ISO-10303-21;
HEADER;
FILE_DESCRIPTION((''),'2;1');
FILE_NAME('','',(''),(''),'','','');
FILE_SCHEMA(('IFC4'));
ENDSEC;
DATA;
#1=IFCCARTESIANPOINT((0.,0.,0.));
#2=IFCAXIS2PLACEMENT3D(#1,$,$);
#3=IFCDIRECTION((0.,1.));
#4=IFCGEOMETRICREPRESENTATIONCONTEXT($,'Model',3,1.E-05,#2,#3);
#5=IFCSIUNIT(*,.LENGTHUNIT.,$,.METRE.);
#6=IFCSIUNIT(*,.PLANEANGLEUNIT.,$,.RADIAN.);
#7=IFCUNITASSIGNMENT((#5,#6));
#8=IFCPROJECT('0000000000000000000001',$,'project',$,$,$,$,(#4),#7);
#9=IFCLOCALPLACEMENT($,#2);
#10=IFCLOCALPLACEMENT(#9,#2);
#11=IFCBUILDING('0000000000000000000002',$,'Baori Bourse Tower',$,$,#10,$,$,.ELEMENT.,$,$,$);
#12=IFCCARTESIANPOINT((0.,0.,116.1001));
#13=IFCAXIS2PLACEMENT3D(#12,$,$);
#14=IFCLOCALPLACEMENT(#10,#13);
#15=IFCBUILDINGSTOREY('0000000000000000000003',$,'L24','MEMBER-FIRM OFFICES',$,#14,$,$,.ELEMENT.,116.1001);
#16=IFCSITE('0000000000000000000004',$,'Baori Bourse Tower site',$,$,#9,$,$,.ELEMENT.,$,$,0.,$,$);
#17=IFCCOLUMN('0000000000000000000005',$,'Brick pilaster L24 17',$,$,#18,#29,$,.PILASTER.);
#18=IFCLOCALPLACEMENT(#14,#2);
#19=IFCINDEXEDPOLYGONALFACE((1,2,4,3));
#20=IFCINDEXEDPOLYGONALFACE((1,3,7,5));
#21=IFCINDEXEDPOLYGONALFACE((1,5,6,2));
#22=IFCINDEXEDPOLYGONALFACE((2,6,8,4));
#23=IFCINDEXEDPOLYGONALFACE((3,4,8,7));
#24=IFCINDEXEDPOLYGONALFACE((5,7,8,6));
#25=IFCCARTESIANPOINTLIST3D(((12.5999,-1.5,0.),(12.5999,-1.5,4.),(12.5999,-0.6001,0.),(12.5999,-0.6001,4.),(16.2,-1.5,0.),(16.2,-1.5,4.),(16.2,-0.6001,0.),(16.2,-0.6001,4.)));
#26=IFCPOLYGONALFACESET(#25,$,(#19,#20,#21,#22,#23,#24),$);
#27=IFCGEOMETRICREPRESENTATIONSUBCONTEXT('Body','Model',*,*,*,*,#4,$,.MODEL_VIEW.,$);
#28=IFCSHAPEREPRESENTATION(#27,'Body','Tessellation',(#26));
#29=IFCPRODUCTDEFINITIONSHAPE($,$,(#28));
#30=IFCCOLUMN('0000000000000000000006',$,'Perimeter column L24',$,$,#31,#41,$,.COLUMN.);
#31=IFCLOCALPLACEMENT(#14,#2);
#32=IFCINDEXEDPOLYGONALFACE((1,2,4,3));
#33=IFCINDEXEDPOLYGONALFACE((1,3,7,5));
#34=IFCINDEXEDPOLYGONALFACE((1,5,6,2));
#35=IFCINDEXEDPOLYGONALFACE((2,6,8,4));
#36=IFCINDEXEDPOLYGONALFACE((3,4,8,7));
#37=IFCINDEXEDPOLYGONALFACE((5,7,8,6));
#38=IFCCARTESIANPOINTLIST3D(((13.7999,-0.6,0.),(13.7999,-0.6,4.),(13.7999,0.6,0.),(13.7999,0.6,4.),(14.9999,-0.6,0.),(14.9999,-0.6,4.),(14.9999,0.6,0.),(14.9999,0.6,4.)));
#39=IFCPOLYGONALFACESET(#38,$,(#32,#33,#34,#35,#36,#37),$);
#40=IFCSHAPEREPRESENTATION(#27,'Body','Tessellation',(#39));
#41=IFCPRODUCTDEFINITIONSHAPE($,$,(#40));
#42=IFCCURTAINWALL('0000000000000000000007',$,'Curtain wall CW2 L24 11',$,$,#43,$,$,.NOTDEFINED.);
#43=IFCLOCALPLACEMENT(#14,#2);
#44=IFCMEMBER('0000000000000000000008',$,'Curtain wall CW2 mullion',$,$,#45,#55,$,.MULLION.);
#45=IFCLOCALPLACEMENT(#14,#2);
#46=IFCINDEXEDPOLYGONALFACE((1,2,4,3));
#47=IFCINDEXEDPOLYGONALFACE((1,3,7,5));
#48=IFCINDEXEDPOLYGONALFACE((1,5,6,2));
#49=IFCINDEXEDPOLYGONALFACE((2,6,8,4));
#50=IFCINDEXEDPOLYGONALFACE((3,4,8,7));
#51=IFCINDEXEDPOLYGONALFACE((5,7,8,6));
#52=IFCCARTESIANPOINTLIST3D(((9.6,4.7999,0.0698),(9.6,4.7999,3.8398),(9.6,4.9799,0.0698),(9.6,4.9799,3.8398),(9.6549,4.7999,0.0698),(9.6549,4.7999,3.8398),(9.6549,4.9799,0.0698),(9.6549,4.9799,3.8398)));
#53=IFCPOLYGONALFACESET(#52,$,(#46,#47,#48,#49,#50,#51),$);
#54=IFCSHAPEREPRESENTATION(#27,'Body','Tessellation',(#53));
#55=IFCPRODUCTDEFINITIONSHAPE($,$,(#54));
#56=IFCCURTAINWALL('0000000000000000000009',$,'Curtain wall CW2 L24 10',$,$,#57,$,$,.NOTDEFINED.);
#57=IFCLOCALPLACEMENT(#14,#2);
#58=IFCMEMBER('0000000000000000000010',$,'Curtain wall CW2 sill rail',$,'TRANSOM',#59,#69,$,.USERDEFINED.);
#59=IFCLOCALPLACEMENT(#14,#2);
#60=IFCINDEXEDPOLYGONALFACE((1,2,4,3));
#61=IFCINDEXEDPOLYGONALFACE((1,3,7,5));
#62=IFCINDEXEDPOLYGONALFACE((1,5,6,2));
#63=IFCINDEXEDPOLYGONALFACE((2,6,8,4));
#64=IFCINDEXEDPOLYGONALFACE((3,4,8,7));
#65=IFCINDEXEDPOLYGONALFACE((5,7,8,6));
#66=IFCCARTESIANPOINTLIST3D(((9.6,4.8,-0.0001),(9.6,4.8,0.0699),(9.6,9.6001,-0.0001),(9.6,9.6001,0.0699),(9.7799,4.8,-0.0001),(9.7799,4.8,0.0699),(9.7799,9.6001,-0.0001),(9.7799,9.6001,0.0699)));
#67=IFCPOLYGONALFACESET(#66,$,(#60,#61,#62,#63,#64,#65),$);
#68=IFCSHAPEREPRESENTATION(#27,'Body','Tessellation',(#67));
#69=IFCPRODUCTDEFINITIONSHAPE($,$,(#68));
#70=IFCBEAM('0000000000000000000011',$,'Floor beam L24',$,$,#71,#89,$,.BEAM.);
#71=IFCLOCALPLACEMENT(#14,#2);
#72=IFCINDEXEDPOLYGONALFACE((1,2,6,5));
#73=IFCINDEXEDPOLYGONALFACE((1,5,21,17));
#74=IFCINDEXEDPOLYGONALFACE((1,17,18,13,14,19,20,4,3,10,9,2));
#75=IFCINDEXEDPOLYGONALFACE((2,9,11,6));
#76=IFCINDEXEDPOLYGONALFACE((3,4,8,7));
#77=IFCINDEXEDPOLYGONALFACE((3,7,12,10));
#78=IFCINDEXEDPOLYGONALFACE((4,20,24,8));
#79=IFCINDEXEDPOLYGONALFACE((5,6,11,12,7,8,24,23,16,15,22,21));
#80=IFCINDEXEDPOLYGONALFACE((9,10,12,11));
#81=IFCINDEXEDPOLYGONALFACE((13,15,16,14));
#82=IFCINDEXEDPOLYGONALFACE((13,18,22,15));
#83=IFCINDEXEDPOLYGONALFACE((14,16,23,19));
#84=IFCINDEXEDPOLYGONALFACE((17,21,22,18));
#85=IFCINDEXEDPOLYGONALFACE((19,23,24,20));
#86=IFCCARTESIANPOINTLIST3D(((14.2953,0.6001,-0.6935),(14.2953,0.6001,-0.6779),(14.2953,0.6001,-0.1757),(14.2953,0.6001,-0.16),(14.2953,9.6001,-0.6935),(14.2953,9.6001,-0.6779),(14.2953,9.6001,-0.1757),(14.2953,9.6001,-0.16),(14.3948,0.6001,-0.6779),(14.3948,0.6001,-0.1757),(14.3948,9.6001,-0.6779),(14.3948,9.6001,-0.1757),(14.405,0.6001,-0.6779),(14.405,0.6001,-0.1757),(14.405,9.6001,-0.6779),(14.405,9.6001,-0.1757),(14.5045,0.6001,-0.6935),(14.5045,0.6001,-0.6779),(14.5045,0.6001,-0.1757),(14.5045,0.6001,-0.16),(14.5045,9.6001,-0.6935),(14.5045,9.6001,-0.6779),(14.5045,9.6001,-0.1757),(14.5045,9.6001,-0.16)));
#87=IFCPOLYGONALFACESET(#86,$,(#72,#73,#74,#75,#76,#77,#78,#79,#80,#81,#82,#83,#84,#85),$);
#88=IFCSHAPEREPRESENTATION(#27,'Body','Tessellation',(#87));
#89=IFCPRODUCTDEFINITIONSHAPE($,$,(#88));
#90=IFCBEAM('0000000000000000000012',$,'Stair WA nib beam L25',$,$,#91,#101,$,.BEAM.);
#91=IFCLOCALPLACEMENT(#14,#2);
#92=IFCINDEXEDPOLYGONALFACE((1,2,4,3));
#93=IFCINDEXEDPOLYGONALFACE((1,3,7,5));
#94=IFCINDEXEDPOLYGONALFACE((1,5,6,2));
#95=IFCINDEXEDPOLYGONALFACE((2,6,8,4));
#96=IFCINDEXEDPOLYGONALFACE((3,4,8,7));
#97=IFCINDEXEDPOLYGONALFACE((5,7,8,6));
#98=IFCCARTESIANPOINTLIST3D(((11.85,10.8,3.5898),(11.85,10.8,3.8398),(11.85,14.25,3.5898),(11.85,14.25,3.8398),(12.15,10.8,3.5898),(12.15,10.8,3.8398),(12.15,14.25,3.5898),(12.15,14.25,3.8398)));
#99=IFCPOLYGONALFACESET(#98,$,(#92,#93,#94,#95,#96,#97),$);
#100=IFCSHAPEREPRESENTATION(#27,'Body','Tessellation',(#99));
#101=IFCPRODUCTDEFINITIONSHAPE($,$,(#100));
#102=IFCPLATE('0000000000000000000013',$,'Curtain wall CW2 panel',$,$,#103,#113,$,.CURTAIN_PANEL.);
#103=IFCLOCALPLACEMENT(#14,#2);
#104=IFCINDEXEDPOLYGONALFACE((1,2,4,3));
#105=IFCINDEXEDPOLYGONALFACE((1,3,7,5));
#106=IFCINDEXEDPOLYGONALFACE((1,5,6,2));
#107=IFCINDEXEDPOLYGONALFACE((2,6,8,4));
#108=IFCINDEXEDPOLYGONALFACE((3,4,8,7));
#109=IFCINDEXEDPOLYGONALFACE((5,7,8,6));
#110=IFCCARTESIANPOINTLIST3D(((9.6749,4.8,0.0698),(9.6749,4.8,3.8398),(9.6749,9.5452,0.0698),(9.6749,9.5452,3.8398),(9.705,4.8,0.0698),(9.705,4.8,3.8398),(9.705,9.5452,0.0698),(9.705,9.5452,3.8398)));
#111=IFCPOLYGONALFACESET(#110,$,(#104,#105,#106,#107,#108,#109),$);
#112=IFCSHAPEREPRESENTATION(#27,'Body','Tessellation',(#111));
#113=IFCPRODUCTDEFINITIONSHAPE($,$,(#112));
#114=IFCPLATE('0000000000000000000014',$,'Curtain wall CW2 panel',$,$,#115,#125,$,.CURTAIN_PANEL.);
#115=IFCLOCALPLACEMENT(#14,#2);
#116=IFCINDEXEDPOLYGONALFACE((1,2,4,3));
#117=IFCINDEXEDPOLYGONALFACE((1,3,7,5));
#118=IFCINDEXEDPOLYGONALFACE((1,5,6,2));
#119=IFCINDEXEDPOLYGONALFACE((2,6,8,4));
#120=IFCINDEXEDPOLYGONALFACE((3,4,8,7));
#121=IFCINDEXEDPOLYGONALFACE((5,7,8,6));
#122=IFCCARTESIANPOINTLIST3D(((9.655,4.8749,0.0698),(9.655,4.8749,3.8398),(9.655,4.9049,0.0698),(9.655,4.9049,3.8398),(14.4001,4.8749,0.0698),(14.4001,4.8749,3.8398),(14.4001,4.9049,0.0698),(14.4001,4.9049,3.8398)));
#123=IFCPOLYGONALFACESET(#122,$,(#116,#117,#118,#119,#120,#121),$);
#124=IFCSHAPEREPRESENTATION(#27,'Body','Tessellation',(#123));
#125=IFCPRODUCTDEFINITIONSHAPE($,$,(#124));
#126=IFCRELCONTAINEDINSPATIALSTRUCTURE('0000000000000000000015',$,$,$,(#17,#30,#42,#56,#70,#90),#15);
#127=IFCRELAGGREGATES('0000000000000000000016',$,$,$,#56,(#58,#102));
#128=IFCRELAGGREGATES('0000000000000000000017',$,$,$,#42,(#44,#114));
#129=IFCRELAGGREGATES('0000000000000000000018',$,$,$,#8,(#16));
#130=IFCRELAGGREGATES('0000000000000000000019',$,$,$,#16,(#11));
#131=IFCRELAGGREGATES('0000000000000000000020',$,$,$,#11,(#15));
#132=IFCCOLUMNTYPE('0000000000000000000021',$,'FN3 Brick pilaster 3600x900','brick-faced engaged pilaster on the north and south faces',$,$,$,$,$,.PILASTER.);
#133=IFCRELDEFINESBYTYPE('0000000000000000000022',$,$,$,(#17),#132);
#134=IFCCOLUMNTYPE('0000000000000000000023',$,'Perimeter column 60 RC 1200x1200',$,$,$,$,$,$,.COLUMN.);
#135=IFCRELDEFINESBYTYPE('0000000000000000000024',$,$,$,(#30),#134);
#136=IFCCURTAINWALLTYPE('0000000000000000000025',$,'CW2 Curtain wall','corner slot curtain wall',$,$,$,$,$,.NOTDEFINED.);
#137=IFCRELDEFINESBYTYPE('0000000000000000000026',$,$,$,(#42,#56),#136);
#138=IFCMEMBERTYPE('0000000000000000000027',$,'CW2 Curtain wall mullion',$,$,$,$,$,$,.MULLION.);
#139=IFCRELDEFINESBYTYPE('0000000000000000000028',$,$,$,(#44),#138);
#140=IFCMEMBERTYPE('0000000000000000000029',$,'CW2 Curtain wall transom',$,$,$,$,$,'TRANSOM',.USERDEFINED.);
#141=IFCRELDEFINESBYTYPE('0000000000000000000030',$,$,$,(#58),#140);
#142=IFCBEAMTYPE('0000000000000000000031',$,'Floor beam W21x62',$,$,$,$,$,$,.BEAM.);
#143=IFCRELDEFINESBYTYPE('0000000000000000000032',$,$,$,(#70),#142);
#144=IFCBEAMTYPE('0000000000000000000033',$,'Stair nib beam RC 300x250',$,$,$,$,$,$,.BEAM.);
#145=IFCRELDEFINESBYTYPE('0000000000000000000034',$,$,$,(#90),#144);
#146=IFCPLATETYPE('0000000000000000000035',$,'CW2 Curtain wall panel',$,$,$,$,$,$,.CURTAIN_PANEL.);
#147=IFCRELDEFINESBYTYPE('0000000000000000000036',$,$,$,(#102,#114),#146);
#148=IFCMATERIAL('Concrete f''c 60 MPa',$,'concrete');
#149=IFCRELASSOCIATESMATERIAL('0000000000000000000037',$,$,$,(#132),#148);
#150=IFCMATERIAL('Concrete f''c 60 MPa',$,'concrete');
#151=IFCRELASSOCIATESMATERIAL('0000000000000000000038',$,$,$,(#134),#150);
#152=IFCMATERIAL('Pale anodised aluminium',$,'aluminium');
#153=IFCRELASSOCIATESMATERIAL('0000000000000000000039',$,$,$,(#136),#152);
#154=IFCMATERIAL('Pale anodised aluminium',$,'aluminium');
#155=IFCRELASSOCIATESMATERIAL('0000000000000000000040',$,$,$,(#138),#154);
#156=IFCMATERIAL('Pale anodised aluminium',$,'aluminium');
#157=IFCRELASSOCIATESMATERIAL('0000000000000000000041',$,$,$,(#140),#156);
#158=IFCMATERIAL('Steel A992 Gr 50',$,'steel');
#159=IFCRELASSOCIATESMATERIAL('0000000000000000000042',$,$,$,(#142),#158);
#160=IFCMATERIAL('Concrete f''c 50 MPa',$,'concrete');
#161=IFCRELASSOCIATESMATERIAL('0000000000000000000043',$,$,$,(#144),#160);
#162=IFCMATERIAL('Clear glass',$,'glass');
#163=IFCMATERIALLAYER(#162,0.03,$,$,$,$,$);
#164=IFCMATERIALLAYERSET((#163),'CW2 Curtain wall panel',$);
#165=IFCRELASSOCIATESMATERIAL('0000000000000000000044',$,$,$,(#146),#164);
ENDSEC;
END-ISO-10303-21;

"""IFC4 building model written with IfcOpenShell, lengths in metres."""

from ifc_helpers import new_model, si_unit, direction, frame, origin, origin_2d, place, context, subcontext, project, spatial, rectangle, i_section, extrude, material, layer, layer_set, material_profile, profile_set, type_object, element, aggregate, save


model = new_model("IFC4")

# Units and contexts
model_context = context("Model", 3, precision=1e-05, world=origin(), true_north=direction((0.0, 1.0)))
body_context = subcontext(model_context, "Body", "Model", "MODEL_VIEW")
ifc_project = project(units=[si_unit("LENGTHUNIT", "METRE"), si_unit("PLANEANGLEUNIT", "RADIAN")], contexts=[model_context])

# Site, building, storey
site_placement = place(None, origin())
site = spatial("IfcSite", under=ifc_project, at=site_placement, Name="Baori Bourse Tower site", CompositionType="ELEMENT", RefElevation=0.0)
building_placement = place(site_placement, origin())
building = spatial("IfcBuilding", under=site, at=building_placement, Name="Baori Bourse Tower", CompositionType="ELEMENT")
storey_placement = place(building_placement, frame((0.0, 0.0, 116.1001)))
storey = spatial("IfcBuildingStorey", under=building, at=storey_placement, Name="L24", Description="MEMBER-FIRM OFFICES", CompositionType="ELEMENT", Elevation=116.1001)

# Columns
ifc_material_1 = material(Name="Concrete f'c 60 MPa", Category="concrete")
ifc_material_profile_1 = material_profile(ifc_material_1, rectangle(XDim=3.6001, YDim=0.8999, at=origin_2d()), Name="RC 3600x900")
ifc_profile_set_1 = profile_set([ifc_material_profile_1], Name="Concrete f'c 60 MPa")
column_type_1 = type_object("IfcColumnType", Name="FN3 Brick pilaster 3600x900", Description="brick-faced engaged pilaster on the north and south faces", PredefinedType="PILASTER", material=ifc_profile_set_1)
column_1_placement = place(storey_placement, frame((14.3999, -1.05, 0.0), z_axis=(0.0, 0.0, 1.0), x_axis=(1.0, 0.0, 0.0)))
element("IfcColumn", 1, at=column_1_placement, inside=storey, type_object=column_type_1, Name="Brick pilaster L24 17", PredefinedType="PILASTER", context=body_context, shape_type="SweptSolid", body=[
    extrude(rectangle(XDim=3.6001, YDim=0.8999, at=origin_2d()), origin(), (0.0, 0.0, 1.0), 4.0),
])
ifc_material_2 = material(Name="Concrete f'c 60 MPa", Category="concrete")
ifc_material_profile_2 = material_profile(ifc_material_2, rectangle(XDim=1.2, YDim=1.2, at=origin_2d()), Name="RC 1200x1200")
ifc_profile_set_2 = profile_set([ifc_material_profile_2], Name="Concrete f'c 60 MPa")
column_type_2 = type_object("IfcColumnType", Name="Perimeter column 60 RC 1200x1200", PredefinedType="COLUMN", material=ifc_profile_set_2)
column_2_placement = place(storey_placement, frame((14.3999, 0.0, 0.0), z_axis=(0.0, 0.0, 1.0), x_axis=(1.0, 0.0, 0.0)))
element("IfcColumn", 2, at=column_2_placement, inside=storey, type_object=column_type_2, Name="Perimeter column L24", PredefinedType="COLUMN", context=body_context, shape_type="SweptSolid", body=[
    extrude(rectangle(XDim=1.2, YDim=1.2, at=origin_2d()), origin(), (0.0, 0.0, 1.0), 4.0),
])

# Curtain walls, members
ifc_material_3 = material(Name="Pale anodised aluminium", Category="aluminium")
curtain_wall_type = type_object("IfcCurtainWallType", Name="CW2 Curtain wall", Description="corner slot curtain wall", PredefinedType="NOTDEFINED", material=ifc_material_3)
curtain_wall_1_placement = place(storey_placement, origin())
curtain_wall_1 = element("IfcCurtainWall", 3, at=curtain_wall_1_placement, inside=storey, type_object=curtain_wall_type, Name="Curtain wall CW2 L24 11", PredefinedType="NOTDEFINED")
ifc_material_4 = material(Name="Pale anodised aluminium", Category="aluminium")
ifc_material_profile_3 = material_profile(ifc_material_4, rectangle(XDim=0.1799, YDim=0.0549, at=origin_2d()), Name="Mullion 55x180")
ifc_profile_set_3 = profile_set([ifc_material_profile_3], Name="Pale anodised aluminium")
member_type_1 = type_object("IfcMemberType", Name="CW2 Curtain wall mullion", PredefinedType="MULLION", material=ifc_profile_set_3)
member_1_placement = place(storey_placement, frame((9.6274, 4.8899, 0.0698), z_axis=(0.0, 0.0, 1.0), x_axis=(0.0, 1.0, 0.0)))
member_1 = element("IfcMember", 4, at=member_1_placement, type_object=member_type_1, Name="Curtain wall CW2 mullion", PredefinedType="MULLION", context=body_context, shape_type="SweptSolid", body=[
    extrude(rectangle(XDim=0.1799, YDim=0.0549, at=origin_2d()), origin(), (0.0, 0.0, 1.0), 3.77),
])
curtain_wall_2_placement = place(storey_placement, origin())
curtain_wall_2 = element("IfcCurtainWall", 5, at=curtain_wall_2_placement, inside=storey, type_object=curtain_wall_type, Name="Curtain wall CW2 L24 10", PredefinedType="NOTDEFINED")
ifc_material_5 = material(Name="Pale anodised aluminium", Category="aluminium")
ifc_material_profile_4 = material_profile(ifc_material_5, rectangle(XDim=0.1799, YDim=0.0701, at=origin_2d()), Name="Transom 70x180")
ifc_profile_set_4 = profile_set([ifc_material_profile_4], Name="Pale anodised aluminium")
member_type_2 = type_object("IfcMemberType", Name="CW2 Curtain wall transom", ElementType="TRANSOM", PredefinedType="USERDEFINED", material=ifc_profile_set_4)
member_2_placement = place(storey_placement, frame((9.6899, 9.6001, 0.0349), z_axis=(0.0, -1.0, 0.0), x_axis=(1.0, 0.0, 0.0)))
member_2 = element("IfcMember", 6, at=member_2_placement, type_object=member_type_2, Name="Curtain wall CW2 sill rail", ObjectType="TRANSOM", PredefinedType="USERDEFINED", context=body_context, shape_type="SweptSolid", body=[
    extrude(rectangle(XDim=0.1799, YDim=0.0701, at=origin_2d()), origin(), (0.0, 0.0, 1.0), 4.8),
])

# Beams
ifc_material_6 = material(Name="Steel A992 Gr 50", Category="steel")
ifc_material_profile_5 = material_profile(ifc_material_6, i_section(OverallWidth=0.2092, OverallDepth=0.5334, WebThickness=0.0103, FlangeThickness=0.0156, at=origin_2d()), Name="W21x62")
ifc_profile_set_5 = profile_set([ifc_material_profile_5], Name="Steel A992 Gr 50")
beam_type_1 = type_object("IfcBeamType", Name="Floor beam W21x62", PredefinedType="BEAM", material=ifc_profile_set_5)
beam_1_placement = place(storey_placement, frame((14.3999, 0.6001, -0.4268), z_axis=(0.0, 1.0, 0.0), x_axis=(-1.0, 0.0, 0.0)))
element("IfcBeam", 7, at=beam_1_placement, inside=storey, type_object=beam_type_1, Name="Floor beam L24", PredefinedType="BEAM", context=body_context, shape_type="SweptSolid", body=[
    extrude(i_section(OverallWidth=0.2092, OverallDepth=0.5334, WebThickness=0.0103, FlangeThickness=0.0156, at=origin_2d()), origin(), (0.0, 0.0, 1.0), 9.0),
])
ifc_material_7 = material(Name="Concrete f'c 50 MPa", Category="concrete")
ifc_material_profile_6 = material_profile(ifc_material_7, rectangle(XDim=0.3, YDim=0.25, at=origin_2d()), Name="RC 300x250")
ifc_profile_set_6 = profile_set([ifc_material_profile_6], Name="Concrete f'c 50 MPa")
beam_type_2 = type_object("IfcBeamType", Name="Stair nib beam RC 300x250", PredefinedType="BEAM", material=ifc_profile_set_6)
beam_2_placement = place(storey_placement, frame((12.0, 10.8, 3.7148), z_axis=(0.0, 1.0, 0.0), x_axis=(-1.0, 0.0, 0.0)))
element("IfcBeam", 8, at=beam_2_placement, inside=storey, type_object=beam_type_2, Name="Stair WA nib beam L25", PredefinedType="BEAM", context=body_context, shape_type="SweptSolid", body=[
    extrude(rectangle(XDim=0.3, YDim=0.25, at=origin_2d()), origin(), (0.0, 0.0, 1.0), 3.45),
])

# Plates
ifc_material_8 = material(Name="Clear glass", Category="glass")
ifc_layer_1 = layer(ifc_material_8, 0.03)
ifc_layer_set_1 = layer_set([ifc_layer_1], Name="CW2 Curtain wall panel")
plate_type = type_object("IfcPlateType", Name="CW2 Curtain wall panel", PredefinedType="CURTAIN_PANEL", material=ifc_layer_set_1)
plate_1_placement = place(storey_placement, frame((9.6899, 7.1726, 0.0698), z_axis=(0.0, 0.0, 1.0), x_axis=(0.0, -1.0, 0.0)))
plate_1 = element("IfcPlate", 9, at=plate_1_placement, type_object=plate_type, Name="Curtain wall CW2 panel", PredefinedType="CURTAIN_PANEL", context=body_context, shape_type="SweptSolid", body=[
    extrude(rectangle(XDim=4.7451, YDim=0.03, at=origin_2d()), origin(), (0.0, 0.0, 1.0), 3.77),
])
aggregate(curtain_wall_2, [member_2, plate_1])
plate_2_placement = place(storey_placement, frame((12.0276, 4.8899, 0.0698), z_axis=(0.0, 0.0, 1.0), x_axis=(1.0, 0.0, 0.0)))
plate_2 = element("IfcPlate", 10, at=plate_2_placement, type_object=plate_type, Name="Curtain wall CW2 panel", PredefinedType="CURTAIN_PANEL", context=body_context, shape_type="SweptSolid", body=[
    extrude(rectangle(XDim=4.7451, YDim=0.03, at=origin_2d()), origin(), (0.0, 0.0, 1.0), 3.77),
])
aggregate(curtain_wall_1, [member_1, plate_2])

save(model, "model.ifc")
